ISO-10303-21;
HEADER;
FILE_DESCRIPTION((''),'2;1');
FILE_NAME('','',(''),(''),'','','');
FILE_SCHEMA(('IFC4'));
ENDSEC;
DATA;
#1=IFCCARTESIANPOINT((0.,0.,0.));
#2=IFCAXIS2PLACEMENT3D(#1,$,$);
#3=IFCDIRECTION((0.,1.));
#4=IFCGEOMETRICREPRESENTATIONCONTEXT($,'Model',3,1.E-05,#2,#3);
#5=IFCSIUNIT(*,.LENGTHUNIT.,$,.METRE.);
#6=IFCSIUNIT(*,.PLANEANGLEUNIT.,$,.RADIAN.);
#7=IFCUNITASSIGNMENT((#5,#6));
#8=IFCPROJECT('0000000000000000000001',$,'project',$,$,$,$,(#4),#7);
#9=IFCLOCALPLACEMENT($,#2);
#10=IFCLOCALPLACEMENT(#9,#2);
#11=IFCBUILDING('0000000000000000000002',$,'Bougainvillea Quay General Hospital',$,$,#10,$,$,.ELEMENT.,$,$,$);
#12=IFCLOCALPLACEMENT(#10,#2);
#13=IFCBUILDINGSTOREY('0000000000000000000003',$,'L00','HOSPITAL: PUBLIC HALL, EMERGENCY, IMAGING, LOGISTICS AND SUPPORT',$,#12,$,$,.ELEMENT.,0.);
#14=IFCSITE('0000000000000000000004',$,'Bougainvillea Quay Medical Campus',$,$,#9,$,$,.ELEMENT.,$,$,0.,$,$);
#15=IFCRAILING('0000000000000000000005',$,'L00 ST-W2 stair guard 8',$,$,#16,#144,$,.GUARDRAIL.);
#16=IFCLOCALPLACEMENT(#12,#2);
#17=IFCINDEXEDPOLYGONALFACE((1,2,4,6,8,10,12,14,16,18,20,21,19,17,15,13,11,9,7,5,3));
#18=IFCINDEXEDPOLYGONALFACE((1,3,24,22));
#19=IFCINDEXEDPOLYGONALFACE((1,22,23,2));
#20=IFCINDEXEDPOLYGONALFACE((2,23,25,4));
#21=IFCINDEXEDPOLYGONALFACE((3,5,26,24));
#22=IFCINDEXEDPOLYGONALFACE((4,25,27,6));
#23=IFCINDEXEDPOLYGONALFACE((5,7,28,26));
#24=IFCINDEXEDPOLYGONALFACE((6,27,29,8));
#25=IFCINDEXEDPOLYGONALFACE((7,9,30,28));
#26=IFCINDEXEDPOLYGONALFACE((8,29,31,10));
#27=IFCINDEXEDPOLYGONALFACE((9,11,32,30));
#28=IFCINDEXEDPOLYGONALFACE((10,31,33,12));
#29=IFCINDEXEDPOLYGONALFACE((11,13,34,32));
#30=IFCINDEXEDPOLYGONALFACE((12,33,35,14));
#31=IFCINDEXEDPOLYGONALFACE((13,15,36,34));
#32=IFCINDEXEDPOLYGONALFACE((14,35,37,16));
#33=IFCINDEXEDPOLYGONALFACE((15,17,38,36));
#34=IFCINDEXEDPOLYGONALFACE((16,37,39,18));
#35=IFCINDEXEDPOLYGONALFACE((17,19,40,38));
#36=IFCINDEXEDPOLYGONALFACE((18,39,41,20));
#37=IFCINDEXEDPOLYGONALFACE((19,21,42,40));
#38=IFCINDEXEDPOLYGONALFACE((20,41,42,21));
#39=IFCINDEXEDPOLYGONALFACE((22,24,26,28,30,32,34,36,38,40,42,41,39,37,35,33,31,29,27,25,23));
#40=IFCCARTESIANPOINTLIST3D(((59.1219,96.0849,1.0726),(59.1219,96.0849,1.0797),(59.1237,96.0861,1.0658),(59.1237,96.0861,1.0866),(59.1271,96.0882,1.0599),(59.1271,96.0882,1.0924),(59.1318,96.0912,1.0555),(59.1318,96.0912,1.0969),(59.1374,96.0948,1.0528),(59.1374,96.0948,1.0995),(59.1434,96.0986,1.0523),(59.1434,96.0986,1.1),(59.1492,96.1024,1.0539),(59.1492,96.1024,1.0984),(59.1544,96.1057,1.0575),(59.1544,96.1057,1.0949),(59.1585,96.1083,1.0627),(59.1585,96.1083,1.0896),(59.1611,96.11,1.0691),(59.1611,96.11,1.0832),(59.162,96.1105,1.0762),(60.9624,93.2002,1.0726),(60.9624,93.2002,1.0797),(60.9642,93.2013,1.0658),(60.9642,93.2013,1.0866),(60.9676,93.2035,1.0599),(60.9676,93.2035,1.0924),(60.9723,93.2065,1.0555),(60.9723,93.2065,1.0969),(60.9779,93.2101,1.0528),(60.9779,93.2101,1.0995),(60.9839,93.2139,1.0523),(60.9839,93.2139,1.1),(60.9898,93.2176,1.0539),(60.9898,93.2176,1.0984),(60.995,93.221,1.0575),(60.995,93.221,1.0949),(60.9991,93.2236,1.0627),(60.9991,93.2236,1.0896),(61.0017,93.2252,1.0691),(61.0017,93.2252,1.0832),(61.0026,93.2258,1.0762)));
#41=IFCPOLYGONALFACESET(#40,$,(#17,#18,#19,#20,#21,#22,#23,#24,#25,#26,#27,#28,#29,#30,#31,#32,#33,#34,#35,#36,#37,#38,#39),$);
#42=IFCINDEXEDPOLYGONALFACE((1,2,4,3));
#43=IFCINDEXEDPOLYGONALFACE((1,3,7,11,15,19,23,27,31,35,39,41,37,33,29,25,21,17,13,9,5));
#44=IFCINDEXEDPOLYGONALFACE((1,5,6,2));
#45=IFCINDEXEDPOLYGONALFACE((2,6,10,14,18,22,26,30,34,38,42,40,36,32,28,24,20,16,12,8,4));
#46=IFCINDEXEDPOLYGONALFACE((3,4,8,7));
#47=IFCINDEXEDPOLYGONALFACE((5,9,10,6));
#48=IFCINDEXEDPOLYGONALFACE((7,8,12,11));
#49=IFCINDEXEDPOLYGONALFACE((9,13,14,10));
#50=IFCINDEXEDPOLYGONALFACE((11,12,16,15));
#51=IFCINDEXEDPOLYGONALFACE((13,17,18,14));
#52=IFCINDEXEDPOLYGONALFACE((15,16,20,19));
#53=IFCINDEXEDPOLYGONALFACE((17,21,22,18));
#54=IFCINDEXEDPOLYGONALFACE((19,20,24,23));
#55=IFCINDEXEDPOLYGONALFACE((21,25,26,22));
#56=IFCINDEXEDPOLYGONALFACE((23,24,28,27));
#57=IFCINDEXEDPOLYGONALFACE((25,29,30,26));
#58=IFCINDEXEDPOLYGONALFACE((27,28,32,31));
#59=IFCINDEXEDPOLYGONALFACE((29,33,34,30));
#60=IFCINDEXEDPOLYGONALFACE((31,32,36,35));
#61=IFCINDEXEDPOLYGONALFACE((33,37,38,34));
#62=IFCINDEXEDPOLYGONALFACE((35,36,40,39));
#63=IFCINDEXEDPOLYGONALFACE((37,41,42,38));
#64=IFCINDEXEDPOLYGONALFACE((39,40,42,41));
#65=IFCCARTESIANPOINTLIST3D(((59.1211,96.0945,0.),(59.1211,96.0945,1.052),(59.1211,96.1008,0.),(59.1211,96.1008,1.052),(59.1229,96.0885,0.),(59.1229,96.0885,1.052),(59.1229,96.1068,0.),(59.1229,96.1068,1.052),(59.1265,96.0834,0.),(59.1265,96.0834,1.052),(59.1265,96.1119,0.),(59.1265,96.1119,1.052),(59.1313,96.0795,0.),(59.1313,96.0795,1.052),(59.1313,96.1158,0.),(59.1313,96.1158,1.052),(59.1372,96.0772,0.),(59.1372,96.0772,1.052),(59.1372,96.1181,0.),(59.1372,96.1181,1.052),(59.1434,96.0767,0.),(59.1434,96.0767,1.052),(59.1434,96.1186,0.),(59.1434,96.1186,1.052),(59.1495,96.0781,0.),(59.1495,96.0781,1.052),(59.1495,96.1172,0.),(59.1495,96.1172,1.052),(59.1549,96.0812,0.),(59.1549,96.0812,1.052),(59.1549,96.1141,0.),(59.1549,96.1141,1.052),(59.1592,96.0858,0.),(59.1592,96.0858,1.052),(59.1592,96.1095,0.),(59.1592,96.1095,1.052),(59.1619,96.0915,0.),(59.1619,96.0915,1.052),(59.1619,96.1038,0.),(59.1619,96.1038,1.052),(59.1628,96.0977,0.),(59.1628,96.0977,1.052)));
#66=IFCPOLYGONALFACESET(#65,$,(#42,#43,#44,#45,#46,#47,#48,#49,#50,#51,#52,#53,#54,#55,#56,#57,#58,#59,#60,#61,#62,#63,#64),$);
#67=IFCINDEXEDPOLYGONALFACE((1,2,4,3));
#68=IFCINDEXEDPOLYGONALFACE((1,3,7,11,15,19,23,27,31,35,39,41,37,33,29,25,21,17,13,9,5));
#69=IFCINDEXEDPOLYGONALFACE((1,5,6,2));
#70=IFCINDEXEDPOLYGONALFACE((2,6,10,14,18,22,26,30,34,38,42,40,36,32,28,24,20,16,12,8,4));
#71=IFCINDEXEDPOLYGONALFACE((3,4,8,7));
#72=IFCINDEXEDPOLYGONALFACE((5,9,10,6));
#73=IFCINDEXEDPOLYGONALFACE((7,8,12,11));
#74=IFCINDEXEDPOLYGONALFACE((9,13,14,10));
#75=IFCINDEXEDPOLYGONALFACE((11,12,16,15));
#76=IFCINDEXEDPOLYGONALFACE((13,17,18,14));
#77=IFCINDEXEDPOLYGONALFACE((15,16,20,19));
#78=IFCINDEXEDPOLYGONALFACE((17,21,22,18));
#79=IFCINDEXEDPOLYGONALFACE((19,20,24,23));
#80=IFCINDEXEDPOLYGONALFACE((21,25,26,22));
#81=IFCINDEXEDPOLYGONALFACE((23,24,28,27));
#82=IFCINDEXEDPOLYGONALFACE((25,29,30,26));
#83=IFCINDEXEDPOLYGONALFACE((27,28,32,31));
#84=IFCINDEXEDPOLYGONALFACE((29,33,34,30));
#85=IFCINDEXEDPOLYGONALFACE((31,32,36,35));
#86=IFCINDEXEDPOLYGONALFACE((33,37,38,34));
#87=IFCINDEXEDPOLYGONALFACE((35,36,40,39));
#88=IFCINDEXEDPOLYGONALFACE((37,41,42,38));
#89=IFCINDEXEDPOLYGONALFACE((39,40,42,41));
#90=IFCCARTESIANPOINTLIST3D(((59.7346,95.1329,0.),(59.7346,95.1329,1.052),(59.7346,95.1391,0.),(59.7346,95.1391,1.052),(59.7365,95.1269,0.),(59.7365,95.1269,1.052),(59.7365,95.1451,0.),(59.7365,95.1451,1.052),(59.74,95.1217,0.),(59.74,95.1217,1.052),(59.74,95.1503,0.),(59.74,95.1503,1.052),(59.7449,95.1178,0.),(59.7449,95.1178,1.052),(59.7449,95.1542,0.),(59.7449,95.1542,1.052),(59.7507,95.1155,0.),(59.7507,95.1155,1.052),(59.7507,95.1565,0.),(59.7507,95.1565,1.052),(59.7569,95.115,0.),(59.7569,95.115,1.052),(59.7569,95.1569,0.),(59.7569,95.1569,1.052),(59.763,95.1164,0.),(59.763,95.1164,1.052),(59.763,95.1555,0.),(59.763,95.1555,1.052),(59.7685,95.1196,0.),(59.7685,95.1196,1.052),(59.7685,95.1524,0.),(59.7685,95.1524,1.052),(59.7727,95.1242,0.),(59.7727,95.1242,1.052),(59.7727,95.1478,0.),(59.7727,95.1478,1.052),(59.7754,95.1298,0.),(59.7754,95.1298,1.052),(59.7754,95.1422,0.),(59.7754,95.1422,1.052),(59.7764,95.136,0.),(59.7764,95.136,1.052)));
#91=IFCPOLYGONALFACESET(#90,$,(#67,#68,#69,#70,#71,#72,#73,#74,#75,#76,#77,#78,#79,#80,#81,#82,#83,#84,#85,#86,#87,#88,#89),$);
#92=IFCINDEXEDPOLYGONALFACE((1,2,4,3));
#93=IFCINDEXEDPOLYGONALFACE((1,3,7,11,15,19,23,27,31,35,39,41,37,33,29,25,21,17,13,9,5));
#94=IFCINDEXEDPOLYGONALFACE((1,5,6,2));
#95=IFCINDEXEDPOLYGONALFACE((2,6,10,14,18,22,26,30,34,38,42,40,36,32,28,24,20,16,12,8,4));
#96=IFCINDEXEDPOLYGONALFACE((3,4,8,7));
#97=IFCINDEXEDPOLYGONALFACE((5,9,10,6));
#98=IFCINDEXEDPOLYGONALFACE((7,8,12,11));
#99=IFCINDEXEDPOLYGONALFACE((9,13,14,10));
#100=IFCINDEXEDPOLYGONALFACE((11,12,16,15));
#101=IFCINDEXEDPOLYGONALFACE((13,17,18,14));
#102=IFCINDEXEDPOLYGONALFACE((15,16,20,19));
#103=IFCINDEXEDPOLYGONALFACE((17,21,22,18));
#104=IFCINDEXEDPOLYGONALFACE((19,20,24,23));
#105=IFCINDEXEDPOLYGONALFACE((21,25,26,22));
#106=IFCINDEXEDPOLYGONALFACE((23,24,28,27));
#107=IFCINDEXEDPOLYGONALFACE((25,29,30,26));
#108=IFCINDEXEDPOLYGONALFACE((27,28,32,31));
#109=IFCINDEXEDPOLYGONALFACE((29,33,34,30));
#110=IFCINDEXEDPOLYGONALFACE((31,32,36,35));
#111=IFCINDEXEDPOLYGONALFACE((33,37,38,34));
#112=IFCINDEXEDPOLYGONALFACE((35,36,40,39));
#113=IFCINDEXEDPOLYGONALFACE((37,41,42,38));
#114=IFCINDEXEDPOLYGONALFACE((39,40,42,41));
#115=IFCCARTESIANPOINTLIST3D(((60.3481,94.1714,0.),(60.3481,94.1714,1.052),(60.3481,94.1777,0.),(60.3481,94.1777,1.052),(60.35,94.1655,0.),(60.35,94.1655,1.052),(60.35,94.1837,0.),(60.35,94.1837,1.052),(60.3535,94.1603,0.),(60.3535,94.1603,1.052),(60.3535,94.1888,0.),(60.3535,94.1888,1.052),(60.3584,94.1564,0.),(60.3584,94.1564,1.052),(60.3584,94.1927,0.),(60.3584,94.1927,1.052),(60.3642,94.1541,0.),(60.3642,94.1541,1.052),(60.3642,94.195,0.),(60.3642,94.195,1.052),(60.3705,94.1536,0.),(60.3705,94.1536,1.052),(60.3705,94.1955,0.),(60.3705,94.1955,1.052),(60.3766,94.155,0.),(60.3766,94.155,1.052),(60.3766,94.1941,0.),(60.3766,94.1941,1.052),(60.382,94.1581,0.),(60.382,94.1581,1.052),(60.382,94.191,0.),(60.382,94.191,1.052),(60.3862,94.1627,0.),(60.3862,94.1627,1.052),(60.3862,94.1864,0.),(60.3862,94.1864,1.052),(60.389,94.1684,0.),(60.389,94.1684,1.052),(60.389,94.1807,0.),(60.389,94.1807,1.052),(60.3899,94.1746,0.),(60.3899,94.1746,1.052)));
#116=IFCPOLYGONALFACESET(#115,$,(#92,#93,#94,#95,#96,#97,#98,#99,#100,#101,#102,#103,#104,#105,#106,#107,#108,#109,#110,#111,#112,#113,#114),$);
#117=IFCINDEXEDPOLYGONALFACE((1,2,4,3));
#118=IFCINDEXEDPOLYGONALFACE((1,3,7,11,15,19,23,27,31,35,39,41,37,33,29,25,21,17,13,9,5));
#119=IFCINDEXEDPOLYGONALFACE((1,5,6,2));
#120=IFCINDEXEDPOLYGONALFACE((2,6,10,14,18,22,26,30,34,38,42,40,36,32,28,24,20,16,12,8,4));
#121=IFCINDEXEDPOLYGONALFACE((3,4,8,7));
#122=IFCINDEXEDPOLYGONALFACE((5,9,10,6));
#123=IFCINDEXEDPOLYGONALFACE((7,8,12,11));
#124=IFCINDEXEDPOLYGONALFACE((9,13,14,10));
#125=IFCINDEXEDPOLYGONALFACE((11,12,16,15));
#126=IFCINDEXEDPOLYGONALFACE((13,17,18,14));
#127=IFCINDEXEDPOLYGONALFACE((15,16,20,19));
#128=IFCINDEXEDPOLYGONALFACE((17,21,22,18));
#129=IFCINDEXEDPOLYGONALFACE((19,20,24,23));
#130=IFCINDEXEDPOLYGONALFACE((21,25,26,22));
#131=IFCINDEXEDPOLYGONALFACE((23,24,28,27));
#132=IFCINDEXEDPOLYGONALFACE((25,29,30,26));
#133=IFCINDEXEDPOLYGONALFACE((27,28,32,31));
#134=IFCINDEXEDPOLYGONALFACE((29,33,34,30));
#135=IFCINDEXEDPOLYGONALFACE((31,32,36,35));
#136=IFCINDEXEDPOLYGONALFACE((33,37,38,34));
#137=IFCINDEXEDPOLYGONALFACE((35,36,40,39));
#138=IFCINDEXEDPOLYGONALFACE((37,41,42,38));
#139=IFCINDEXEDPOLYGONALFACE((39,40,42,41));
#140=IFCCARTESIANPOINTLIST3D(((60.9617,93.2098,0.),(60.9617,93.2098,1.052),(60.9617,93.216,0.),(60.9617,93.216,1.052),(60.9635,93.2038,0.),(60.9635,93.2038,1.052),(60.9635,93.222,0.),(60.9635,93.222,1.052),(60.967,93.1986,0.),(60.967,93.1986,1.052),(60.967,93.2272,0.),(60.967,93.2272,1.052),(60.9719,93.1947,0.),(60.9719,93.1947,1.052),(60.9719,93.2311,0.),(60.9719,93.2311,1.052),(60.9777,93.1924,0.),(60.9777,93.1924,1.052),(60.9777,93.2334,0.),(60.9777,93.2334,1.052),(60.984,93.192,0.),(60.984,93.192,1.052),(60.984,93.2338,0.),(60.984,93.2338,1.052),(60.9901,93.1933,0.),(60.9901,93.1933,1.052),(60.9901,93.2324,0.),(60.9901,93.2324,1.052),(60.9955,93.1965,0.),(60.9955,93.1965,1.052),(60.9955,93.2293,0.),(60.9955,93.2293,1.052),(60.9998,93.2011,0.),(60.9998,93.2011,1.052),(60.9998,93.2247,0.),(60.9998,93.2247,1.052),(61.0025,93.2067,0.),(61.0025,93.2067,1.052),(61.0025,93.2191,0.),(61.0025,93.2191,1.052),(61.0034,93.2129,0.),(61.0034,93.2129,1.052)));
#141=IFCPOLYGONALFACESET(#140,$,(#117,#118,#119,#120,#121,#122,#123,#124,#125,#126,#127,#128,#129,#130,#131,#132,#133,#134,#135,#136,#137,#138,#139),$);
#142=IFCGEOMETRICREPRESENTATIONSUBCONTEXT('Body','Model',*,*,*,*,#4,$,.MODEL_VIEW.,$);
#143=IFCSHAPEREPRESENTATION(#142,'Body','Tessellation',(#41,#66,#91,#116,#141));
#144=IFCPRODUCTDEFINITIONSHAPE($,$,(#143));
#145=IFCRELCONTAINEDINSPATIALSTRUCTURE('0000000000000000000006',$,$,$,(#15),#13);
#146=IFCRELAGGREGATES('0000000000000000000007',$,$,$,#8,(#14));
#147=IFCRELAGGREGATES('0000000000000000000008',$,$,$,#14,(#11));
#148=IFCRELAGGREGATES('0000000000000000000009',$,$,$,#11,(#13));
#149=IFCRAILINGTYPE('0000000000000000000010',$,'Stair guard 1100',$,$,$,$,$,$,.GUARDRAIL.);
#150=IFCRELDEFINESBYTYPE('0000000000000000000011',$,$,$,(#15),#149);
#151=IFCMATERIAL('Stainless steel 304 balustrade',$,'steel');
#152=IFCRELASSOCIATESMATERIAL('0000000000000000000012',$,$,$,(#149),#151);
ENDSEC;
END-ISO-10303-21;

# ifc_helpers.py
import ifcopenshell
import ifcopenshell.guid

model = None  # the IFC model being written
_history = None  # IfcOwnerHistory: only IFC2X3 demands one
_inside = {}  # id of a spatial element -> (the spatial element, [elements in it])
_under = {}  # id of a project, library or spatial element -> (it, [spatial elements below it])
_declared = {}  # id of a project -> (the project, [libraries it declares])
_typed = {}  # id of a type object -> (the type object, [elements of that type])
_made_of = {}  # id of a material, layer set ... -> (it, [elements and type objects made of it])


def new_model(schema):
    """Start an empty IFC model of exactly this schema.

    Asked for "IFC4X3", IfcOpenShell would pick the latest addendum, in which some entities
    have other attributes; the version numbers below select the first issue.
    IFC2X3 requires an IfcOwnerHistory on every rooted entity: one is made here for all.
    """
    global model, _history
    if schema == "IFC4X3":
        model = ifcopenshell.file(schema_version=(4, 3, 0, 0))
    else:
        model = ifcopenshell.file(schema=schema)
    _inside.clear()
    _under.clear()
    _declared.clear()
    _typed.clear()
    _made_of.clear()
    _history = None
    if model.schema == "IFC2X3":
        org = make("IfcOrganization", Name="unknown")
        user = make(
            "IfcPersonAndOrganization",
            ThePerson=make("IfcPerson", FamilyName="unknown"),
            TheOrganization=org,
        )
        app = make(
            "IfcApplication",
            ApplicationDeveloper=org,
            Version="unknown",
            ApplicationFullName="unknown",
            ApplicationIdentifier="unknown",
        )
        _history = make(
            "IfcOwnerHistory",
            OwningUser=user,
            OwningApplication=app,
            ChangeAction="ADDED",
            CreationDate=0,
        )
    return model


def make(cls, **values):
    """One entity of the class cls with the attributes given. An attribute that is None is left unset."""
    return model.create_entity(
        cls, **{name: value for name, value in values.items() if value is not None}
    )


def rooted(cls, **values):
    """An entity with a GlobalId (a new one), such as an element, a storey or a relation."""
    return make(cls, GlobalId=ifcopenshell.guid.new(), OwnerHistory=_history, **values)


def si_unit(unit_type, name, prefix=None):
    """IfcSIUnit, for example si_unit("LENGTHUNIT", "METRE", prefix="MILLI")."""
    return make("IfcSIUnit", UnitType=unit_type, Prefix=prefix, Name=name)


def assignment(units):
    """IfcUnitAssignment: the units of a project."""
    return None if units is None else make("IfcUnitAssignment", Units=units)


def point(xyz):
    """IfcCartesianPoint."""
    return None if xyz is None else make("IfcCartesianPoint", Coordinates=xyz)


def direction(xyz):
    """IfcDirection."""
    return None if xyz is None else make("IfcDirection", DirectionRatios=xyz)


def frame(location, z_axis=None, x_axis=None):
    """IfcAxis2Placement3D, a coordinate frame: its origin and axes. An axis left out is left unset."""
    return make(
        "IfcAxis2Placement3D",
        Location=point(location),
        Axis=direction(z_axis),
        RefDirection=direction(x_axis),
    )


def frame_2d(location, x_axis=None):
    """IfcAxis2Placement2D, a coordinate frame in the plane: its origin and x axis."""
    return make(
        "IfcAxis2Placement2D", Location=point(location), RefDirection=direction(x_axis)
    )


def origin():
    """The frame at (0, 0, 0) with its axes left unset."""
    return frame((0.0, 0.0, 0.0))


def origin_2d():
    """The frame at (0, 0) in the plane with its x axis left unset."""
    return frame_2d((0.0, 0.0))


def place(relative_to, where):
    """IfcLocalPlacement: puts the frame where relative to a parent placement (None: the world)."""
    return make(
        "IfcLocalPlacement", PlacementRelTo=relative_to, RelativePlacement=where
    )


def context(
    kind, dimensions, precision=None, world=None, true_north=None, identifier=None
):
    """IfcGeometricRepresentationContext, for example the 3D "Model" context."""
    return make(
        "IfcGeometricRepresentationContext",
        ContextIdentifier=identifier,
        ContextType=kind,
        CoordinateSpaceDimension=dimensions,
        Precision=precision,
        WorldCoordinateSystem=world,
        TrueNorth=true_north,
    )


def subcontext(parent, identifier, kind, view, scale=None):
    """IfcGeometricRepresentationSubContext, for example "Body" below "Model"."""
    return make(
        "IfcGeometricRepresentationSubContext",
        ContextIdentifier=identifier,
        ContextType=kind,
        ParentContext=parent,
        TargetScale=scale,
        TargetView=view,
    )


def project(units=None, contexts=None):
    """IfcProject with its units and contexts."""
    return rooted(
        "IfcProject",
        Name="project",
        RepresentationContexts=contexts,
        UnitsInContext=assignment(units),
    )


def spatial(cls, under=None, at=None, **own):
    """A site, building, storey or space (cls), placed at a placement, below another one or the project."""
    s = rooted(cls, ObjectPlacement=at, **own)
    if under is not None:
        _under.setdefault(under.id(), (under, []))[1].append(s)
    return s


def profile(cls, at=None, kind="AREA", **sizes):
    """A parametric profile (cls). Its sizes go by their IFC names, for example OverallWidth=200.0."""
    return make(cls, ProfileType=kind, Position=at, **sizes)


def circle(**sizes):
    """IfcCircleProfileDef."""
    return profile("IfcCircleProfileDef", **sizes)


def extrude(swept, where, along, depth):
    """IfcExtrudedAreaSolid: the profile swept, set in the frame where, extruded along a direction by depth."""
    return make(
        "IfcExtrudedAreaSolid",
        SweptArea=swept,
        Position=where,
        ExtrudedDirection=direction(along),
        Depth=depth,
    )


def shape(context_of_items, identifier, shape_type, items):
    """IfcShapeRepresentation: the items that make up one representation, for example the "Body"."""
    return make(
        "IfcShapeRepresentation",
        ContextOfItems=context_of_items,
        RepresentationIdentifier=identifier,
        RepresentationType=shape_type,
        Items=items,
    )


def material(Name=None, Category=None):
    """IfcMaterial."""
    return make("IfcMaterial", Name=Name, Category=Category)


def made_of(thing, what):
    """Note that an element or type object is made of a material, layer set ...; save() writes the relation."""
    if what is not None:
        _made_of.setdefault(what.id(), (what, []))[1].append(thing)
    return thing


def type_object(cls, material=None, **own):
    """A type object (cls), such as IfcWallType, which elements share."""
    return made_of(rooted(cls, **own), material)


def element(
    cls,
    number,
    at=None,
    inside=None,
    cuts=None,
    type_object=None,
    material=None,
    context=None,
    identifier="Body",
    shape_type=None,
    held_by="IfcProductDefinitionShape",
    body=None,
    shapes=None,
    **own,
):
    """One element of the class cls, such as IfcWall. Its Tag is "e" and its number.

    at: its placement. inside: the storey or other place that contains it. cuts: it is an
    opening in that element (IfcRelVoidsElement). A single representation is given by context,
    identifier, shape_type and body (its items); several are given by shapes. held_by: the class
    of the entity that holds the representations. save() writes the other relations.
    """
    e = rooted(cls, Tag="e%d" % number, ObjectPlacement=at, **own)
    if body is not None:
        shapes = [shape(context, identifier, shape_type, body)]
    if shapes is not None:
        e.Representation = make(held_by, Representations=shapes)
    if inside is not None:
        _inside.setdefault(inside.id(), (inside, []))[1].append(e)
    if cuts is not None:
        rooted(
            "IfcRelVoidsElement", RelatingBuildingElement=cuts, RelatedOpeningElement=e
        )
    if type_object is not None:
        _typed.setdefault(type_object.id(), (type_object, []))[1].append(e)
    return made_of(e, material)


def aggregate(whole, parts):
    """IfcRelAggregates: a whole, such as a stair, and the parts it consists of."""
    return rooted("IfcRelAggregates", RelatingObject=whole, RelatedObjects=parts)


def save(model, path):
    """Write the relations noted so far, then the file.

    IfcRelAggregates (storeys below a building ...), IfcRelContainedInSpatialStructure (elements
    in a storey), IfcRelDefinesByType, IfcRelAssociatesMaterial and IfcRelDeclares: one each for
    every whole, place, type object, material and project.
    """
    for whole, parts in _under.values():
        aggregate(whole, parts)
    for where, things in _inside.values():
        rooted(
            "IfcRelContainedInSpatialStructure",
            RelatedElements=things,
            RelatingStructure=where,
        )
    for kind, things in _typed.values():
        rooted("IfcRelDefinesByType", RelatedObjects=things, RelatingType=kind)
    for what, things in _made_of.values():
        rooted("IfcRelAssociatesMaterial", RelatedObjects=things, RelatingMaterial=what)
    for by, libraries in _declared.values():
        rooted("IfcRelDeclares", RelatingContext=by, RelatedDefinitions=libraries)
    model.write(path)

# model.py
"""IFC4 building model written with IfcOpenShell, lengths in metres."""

from ifc_helpers import new_model, si_unit, direction, frame, origin, origin_2d, place, context, subcontext, project, spatial, circle, extrude, material, type_object, element, save


model = new_model("IFC4")

# Units and contexts
model_context = context("Model", 3, precision=1e-05, world=origin(), true_north=direction((0.0, 1.0)))
body_context = subcontext(model_context, "Body", "Model", "MODEL_VIEW")
ifc_project = project(units=[si_unit("LENGTHUNIT", "METRE"), si_unit("PLANEANGLEUNIT", "RADIAN")], contexts=[model_context])

# Site, building, storey
site_placement = place(None, origin())
site = spatial("IfcSite", under=ifc_project, at=site_placement, Name="Bougainvillea Quay Medical Campus", CompositionType="ELEMENT", RefElevation=0.0)
building_placement = place(site_placement, origin())
building = spatial("IfcBuilding", under=site, at=building_placement, Name="Bougainvillea Quay General Hospital", CompositionType="ELEMENT")
storey_placement = place(building_placement, origin())
storey = spatial("IfcBuildingStorey", under=building, at=storey_placement, Name="L00", Description="HOSPITAL: PUBLIC HALL, EMERGENCY, IMAGING, LOGISTICS AND SUPPORT", CompositionType="ELEMENT", Elevation=0.0)

# Railing
ifc_material_1 = material(Name="Stainless steel 304 balustrade", Category="steel")
railing_type_1 = type_object("IfcRailingType", Name="Stair guard 1100", PredefinedType="GUARDRAIL", material=ifc_material_1)
railing_1_placement = place(storey_placement, frame((59.1418, 96.0977, 0.0)))
element("IfcRailing", 1, at=railing_1_placement, inside=storey, type_object=railing_type_1, Name="L00 ST-W2 stair guard 8", PredefinedType="GUARDRAIL", context=body_context, shape_type="SweptSolid", body=[
    extrude(circle(Radius=0.0239, at=origin_2d()), frame((0.0, 0.0, 1.0762), z_axis=(0.537877, -0.843023, 0.0), x_axis=(0.843023, 0.537877, 0.0)), (0.0, 0.0, 1.0), 3.4219),
    extrude(circle(Radius=0.021, at=origin_2d()), origin(), (0.0, 0.0, 1.0), 1.052),
    extrude(circle(Radius=0.021, at=origin_2d()), frame((0.6135, -0.9617, 0.0)), (0.0, 0.0, 1.0), 1.052),
    extrude(circle(Radius=0.021, at=origin_2d()), frame((1.2271, -1.9231, 0.0)), (0.0, 0.0, 1.0), 1.052),
    extrude(circle(Radius=0.021, at=origin_2d()), frame((1.8406, -2.8848, 0.0)), (0.0, 0.0, 1.0), 1.052),
])

save(model, "model.ifc")
